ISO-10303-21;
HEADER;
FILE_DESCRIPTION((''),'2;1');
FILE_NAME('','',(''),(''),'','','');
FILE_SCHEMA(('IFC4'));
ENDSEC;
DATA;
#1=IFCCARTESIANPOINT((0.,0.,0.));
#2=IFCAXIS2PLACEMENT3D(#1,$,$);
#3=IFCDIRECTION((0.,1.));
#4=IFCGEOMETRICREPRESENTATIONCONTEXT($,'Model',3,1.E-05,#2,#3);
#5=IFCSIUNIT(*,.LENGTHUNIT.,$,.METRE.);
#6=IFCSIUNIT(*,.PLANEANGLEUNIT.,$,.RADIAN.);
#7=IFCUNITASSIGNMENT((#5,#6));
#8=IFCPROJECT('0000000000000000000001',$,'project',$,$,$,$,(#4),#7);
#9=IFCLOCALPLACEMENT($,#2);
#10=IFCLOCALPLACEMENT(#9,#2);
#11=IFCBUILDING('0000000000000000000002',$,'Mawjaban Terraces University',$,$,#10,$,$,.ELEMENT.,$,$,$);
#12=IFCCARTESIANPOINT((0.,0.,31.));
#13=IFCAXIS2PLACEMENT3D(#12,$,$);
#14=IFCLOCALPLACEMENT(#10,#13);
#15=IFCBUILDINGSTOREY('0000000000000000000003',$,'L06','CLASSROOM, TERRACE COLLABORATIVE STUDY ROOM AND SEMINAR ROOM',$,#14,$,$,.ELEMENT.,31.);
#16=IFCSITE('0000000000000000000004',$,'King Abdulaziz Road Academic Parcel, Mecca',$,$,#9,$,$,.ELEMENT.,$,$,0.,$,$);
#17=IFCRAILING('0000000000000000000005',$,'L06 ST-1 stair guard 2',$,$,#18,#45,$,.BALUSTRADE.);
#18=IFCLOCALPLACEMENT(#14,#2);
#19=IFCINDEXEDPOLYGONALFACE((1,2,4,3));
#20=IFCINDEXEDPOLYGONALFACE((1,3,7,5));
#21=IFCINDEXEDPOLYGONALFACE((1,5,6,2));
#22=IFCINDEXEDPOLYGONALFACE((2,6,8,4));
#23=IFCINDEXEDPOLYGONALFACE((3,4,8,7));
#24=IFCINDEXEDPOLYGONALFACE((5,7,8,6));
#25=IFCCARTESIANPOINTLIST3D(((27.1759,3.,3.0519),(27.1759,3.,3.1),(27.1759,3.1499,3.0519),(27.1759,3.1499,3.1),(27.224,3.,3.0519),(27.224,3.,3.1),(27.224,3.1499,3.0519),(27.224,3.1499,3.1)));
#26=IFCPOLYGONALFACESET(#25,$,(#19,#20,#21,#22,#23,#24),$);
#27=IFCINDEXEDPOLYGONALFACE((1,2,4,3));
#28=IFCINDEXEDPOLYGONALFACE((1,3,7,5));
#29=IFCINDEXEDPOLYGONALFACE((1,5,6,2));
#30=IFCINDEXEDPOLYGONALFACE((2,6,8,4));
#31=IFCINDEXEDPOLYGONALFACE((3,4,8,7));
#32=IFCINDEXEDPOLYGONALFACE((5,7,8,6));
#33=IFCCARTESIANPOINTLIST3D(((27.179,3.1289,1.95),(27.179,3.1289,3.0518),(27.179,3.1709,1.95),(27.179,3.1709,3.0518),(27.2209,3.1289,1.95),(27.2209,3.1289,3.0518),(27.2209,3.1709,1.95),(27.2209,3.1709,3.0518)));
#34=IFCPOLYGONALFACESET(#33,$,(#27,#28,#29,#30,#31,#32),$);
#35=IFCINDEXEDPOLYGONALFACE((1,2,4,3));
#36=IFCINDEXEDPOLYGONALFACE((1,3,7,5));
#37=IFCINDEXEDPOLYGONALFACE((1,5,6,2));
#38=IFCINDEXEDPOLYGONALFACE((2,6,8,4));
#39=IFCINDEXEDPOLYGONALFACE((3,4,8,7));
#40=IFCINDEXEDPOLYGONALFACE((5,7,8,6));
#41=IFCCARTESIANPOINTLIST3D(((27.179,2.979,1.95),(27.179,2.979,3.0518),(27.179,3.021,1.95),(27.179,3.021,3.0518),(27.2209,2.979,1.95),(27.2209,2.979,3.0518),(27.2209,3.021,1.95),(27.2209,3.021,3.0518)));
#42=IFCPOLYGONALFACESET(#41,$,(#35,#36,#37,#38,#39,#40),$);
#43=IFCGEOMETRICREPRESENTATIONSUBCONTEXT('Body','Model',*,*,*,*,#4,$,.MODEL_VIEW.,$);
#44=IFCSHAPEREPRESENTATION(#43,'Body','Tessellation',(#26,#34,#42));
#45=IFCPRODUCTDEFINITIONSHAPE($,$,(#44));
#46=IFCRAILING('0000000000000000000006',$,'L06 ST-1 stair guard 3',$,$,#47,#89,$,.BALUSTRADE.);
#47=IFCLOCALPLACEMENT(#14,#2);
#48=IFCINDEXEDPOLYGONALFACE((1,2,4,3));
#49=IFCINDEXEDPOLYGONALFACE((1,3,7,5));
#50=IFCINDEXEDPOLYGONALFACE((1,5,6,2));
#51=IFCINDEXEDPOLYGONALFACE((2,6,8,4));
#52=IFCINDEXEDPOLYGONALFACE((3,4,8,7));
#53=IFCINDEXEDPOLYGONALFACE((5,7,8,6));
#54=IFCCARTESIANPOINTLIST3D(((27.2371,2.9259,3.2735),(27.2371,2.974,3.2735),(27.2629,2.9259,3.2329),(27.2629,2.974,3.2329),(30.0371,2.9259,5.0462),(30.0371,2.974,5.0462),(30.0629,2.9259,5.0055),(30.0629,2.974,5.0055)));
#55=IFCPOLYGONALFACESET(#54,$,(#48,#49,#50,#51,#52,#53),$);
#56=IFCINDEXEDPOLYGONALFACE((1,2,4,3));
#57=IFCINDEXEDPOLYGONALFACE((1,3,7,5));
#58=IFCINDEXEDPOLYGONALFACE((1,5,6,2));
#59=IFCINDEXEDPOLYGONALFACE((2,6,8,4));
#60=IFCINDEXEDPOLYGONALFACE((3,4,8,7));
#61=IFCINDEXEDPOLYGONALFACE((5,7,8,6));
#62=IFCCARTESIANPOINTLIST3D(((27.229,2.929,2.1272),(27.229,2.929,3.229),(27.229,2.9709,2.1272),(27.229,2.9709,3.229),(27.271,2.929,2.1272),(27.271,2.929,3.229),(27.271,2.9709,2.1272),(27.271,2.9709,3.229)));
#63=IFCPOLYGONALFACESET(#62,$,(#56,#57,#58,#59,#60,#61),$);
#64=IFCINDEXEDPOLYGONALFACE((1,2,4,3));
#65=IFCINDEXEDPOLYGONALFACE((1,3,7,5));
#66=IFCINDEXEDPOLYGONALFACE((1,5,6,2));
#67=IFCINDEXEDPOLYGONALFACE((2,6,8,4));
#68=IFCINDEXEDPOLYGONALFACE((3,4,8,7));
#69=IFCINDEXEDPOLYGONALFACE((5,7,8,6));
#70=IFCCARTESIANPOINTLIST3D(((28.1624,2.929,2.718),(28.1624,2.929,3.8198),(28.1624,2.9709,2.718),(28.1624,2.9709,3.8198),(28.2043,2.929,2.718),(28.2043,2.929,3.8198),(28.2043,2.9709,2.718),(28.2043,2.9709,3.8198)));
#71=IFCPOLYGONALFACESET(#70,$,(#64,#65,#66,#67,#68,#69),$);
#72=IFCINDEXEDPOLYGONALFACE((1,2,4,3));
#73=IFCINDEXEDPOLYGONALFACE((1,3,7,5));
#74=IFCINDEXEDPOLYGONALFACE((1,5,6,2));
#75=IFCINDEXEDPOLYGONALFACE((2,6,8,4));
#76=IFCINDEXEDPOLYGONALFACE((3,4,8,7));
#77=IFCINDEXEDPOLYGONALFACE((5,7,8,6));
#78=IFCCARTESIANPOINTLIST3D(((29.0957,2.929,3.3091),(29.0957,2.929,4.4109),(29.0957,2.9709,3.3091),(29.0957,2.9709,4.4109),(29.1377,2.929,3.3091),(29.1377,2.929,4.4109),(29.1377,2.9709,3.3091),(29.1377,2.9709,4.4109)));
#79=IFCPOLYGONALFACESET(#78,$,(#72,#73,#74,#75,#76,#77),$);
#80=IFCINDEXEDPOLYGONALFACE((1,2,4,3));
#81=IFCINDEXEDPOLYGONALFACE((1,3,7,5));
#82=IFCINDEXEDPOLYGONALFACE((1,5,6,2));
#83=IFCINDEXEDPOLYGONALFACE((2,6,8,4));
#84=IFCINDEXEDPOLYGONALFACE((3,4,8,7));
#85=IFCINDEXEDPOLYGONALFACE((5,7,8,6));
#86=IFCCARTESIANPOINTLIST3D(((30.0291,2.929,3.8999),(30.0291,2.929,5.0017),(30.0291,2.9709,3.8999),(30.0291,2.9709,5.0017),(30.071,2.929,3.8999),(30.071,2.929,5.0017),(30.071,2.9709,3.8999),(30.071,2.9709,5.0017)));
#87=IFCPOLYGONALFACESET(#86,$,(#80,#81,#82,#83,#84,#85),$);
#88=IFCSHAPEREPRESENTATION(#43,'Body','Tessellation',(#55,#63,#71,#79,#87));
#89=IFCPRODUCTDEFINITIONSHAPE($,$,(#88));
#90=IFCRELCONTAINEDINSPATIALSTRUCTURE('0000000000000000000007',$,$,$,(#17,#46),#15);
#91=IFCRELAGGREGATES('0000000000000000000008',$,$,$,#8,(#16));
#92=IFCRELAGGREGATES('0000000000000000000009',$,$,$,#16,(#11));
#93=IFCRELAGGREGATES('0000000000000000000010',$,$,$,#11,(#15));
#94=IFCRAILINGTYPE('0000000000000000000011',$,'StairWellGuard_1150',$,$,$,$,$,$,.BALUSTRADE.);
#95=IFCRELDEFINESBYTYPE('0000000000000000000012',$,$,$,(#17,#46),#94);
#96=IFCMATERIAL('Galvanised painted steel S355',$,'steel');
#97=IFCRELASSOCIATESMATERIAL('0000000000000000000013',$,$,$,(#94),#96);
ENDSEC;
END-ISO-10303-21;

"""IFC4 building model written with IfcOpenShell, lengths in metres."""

from ifc_helpers import new_model, si_unit, direction, frame, origin, origin_2d, place, context, subcontext, project, spatial, rectangle, extrude, material, type_object, element, save


model = new_model("IFC4")

# Units and contexts
model_context = context("Model", 3, precision=1e-05, world=origin(), true_north=direction((0.0, 1.0)))
body_context = subcontext(model_context, "Body", "Model", "MODEL_VIEW")
ifc_project = project(units=[si_unit("LENGTHUNIT", "METRE"), si_unit("PLANEANGLEUNIT", "RADIAN")], contexts=[model_context])

# Site, building, storey
site_placement = place(None, origin())
site = spatial("IfcSite", under=ifc_project, at=site_placement, Name="King Abdulaziz Road Academic Parcel, Mecca", CompositionType="ELEMENT", RefElevation=0.0)
building_placement = place(site_placement, origin())
building = spatial("IfcBuilding", under=site, at=building_placement, Name="Mawjaban Terraces University", CompositionType="ELEMENT")
storey_placement = place(building_placement, frame((0.0, 0.0, 31.0)))
storey = spatial("IfcBuildingStorey", under=building, at=storey_placement, Name="L06", Description="CLASSROOM, TERRACE COLLABORATIVE STUDY ROOM AND SEMINAR ROOM", CompositionType="ELEMENT", Elevation=31.0)

# Railings
ifc_material_1 = material(Name="Galvanised painted steel S355", Category="steel")
railing_type_1 = type_object("IfcRailingType", Name="StairWellGuard_1150", PredefinedType="BALUSTRADE", material=ifc_material_1)
railing_1_placement = place(storey_placement, frame((27.2, 3.1499, 1.95)))
element("IfcRailing", 1, at=railing_1_placement, inside=storey, type_object=railing_type_1, Name="L06 ST-1 stair guard 2", PredefinedType="BALUSTRADE", context=body_context, shape_type="SweptSolid", body=[
    extrude(rectangle(XDim=0.0481, YDim=0.0481, at=origin_2d()), frame((0.0, 0.0, 1.126), z_axis=(0.0, -1.0, 0.0), x_axis=(1.0, 0.0, 0.0)), (0.0, 0.0, 1.0), 0.1499),
    extrude(rectangle(XDim=0.042, YDim=0.042, at=origin_2d()), origin(), (0.0, 0.0, 1.0), 1.1018),
    extrude(rectangle(XDim=0.042, YDim=0.042, at=origin_2d()), frame((0.0, -0.1499, 0.0)), (0.0, 0.0, 1.0), 1.1018),
])
railing_2_placement = place(storey_placement, frame((27.25, 2.95, 2.1272)))
element("IfcRailing", 2, at=railing_2_placement, inside=storey, type_object=railing_type_1, Name="L06 ST-1 stair guard 3", PredefinedType="BALUSTRADE", context=body_context, shape_type="SweptSolid", body=[
    extrude(rectangle(XDim=0.0481, YDim=0.0481, at=origin_2d()), frame((0.0, 0.0, 1.126), z_axis=(0.844909, 0.0, 0.53491), x_axis=(0.0, 1.0, 0.0)), (0.0, 0.0, 1.0), 3.314),
    extrude(rectangle(XDim=0.042, YDim=0.042, at=origin_2d()), origin(), (0.0, 0.0, 1.0), 1.1018),
    extrude(rectangle(XDim=0.042, YDim=0.042, at=origin_2d()), frame((0.9333, 0.0, 0.5908)), (0.0, 0.0, 1.0), 1.1018),
    extrude(rectangle(XDim=0.042, YDim=0.042, at=origin_2d()), frame((1.8667, 0.0, 1.1819)), (0.0, 0.0, 1.0), 1.1018),
    extrude(rectangle(XDim=0.042, YDim=0.042, at=origin_2d()), frame((2.8, 0.0, 1.7727)), (0.0, 0.0, 1.0), 1.1018),
])

save(model, "model.ifc")
